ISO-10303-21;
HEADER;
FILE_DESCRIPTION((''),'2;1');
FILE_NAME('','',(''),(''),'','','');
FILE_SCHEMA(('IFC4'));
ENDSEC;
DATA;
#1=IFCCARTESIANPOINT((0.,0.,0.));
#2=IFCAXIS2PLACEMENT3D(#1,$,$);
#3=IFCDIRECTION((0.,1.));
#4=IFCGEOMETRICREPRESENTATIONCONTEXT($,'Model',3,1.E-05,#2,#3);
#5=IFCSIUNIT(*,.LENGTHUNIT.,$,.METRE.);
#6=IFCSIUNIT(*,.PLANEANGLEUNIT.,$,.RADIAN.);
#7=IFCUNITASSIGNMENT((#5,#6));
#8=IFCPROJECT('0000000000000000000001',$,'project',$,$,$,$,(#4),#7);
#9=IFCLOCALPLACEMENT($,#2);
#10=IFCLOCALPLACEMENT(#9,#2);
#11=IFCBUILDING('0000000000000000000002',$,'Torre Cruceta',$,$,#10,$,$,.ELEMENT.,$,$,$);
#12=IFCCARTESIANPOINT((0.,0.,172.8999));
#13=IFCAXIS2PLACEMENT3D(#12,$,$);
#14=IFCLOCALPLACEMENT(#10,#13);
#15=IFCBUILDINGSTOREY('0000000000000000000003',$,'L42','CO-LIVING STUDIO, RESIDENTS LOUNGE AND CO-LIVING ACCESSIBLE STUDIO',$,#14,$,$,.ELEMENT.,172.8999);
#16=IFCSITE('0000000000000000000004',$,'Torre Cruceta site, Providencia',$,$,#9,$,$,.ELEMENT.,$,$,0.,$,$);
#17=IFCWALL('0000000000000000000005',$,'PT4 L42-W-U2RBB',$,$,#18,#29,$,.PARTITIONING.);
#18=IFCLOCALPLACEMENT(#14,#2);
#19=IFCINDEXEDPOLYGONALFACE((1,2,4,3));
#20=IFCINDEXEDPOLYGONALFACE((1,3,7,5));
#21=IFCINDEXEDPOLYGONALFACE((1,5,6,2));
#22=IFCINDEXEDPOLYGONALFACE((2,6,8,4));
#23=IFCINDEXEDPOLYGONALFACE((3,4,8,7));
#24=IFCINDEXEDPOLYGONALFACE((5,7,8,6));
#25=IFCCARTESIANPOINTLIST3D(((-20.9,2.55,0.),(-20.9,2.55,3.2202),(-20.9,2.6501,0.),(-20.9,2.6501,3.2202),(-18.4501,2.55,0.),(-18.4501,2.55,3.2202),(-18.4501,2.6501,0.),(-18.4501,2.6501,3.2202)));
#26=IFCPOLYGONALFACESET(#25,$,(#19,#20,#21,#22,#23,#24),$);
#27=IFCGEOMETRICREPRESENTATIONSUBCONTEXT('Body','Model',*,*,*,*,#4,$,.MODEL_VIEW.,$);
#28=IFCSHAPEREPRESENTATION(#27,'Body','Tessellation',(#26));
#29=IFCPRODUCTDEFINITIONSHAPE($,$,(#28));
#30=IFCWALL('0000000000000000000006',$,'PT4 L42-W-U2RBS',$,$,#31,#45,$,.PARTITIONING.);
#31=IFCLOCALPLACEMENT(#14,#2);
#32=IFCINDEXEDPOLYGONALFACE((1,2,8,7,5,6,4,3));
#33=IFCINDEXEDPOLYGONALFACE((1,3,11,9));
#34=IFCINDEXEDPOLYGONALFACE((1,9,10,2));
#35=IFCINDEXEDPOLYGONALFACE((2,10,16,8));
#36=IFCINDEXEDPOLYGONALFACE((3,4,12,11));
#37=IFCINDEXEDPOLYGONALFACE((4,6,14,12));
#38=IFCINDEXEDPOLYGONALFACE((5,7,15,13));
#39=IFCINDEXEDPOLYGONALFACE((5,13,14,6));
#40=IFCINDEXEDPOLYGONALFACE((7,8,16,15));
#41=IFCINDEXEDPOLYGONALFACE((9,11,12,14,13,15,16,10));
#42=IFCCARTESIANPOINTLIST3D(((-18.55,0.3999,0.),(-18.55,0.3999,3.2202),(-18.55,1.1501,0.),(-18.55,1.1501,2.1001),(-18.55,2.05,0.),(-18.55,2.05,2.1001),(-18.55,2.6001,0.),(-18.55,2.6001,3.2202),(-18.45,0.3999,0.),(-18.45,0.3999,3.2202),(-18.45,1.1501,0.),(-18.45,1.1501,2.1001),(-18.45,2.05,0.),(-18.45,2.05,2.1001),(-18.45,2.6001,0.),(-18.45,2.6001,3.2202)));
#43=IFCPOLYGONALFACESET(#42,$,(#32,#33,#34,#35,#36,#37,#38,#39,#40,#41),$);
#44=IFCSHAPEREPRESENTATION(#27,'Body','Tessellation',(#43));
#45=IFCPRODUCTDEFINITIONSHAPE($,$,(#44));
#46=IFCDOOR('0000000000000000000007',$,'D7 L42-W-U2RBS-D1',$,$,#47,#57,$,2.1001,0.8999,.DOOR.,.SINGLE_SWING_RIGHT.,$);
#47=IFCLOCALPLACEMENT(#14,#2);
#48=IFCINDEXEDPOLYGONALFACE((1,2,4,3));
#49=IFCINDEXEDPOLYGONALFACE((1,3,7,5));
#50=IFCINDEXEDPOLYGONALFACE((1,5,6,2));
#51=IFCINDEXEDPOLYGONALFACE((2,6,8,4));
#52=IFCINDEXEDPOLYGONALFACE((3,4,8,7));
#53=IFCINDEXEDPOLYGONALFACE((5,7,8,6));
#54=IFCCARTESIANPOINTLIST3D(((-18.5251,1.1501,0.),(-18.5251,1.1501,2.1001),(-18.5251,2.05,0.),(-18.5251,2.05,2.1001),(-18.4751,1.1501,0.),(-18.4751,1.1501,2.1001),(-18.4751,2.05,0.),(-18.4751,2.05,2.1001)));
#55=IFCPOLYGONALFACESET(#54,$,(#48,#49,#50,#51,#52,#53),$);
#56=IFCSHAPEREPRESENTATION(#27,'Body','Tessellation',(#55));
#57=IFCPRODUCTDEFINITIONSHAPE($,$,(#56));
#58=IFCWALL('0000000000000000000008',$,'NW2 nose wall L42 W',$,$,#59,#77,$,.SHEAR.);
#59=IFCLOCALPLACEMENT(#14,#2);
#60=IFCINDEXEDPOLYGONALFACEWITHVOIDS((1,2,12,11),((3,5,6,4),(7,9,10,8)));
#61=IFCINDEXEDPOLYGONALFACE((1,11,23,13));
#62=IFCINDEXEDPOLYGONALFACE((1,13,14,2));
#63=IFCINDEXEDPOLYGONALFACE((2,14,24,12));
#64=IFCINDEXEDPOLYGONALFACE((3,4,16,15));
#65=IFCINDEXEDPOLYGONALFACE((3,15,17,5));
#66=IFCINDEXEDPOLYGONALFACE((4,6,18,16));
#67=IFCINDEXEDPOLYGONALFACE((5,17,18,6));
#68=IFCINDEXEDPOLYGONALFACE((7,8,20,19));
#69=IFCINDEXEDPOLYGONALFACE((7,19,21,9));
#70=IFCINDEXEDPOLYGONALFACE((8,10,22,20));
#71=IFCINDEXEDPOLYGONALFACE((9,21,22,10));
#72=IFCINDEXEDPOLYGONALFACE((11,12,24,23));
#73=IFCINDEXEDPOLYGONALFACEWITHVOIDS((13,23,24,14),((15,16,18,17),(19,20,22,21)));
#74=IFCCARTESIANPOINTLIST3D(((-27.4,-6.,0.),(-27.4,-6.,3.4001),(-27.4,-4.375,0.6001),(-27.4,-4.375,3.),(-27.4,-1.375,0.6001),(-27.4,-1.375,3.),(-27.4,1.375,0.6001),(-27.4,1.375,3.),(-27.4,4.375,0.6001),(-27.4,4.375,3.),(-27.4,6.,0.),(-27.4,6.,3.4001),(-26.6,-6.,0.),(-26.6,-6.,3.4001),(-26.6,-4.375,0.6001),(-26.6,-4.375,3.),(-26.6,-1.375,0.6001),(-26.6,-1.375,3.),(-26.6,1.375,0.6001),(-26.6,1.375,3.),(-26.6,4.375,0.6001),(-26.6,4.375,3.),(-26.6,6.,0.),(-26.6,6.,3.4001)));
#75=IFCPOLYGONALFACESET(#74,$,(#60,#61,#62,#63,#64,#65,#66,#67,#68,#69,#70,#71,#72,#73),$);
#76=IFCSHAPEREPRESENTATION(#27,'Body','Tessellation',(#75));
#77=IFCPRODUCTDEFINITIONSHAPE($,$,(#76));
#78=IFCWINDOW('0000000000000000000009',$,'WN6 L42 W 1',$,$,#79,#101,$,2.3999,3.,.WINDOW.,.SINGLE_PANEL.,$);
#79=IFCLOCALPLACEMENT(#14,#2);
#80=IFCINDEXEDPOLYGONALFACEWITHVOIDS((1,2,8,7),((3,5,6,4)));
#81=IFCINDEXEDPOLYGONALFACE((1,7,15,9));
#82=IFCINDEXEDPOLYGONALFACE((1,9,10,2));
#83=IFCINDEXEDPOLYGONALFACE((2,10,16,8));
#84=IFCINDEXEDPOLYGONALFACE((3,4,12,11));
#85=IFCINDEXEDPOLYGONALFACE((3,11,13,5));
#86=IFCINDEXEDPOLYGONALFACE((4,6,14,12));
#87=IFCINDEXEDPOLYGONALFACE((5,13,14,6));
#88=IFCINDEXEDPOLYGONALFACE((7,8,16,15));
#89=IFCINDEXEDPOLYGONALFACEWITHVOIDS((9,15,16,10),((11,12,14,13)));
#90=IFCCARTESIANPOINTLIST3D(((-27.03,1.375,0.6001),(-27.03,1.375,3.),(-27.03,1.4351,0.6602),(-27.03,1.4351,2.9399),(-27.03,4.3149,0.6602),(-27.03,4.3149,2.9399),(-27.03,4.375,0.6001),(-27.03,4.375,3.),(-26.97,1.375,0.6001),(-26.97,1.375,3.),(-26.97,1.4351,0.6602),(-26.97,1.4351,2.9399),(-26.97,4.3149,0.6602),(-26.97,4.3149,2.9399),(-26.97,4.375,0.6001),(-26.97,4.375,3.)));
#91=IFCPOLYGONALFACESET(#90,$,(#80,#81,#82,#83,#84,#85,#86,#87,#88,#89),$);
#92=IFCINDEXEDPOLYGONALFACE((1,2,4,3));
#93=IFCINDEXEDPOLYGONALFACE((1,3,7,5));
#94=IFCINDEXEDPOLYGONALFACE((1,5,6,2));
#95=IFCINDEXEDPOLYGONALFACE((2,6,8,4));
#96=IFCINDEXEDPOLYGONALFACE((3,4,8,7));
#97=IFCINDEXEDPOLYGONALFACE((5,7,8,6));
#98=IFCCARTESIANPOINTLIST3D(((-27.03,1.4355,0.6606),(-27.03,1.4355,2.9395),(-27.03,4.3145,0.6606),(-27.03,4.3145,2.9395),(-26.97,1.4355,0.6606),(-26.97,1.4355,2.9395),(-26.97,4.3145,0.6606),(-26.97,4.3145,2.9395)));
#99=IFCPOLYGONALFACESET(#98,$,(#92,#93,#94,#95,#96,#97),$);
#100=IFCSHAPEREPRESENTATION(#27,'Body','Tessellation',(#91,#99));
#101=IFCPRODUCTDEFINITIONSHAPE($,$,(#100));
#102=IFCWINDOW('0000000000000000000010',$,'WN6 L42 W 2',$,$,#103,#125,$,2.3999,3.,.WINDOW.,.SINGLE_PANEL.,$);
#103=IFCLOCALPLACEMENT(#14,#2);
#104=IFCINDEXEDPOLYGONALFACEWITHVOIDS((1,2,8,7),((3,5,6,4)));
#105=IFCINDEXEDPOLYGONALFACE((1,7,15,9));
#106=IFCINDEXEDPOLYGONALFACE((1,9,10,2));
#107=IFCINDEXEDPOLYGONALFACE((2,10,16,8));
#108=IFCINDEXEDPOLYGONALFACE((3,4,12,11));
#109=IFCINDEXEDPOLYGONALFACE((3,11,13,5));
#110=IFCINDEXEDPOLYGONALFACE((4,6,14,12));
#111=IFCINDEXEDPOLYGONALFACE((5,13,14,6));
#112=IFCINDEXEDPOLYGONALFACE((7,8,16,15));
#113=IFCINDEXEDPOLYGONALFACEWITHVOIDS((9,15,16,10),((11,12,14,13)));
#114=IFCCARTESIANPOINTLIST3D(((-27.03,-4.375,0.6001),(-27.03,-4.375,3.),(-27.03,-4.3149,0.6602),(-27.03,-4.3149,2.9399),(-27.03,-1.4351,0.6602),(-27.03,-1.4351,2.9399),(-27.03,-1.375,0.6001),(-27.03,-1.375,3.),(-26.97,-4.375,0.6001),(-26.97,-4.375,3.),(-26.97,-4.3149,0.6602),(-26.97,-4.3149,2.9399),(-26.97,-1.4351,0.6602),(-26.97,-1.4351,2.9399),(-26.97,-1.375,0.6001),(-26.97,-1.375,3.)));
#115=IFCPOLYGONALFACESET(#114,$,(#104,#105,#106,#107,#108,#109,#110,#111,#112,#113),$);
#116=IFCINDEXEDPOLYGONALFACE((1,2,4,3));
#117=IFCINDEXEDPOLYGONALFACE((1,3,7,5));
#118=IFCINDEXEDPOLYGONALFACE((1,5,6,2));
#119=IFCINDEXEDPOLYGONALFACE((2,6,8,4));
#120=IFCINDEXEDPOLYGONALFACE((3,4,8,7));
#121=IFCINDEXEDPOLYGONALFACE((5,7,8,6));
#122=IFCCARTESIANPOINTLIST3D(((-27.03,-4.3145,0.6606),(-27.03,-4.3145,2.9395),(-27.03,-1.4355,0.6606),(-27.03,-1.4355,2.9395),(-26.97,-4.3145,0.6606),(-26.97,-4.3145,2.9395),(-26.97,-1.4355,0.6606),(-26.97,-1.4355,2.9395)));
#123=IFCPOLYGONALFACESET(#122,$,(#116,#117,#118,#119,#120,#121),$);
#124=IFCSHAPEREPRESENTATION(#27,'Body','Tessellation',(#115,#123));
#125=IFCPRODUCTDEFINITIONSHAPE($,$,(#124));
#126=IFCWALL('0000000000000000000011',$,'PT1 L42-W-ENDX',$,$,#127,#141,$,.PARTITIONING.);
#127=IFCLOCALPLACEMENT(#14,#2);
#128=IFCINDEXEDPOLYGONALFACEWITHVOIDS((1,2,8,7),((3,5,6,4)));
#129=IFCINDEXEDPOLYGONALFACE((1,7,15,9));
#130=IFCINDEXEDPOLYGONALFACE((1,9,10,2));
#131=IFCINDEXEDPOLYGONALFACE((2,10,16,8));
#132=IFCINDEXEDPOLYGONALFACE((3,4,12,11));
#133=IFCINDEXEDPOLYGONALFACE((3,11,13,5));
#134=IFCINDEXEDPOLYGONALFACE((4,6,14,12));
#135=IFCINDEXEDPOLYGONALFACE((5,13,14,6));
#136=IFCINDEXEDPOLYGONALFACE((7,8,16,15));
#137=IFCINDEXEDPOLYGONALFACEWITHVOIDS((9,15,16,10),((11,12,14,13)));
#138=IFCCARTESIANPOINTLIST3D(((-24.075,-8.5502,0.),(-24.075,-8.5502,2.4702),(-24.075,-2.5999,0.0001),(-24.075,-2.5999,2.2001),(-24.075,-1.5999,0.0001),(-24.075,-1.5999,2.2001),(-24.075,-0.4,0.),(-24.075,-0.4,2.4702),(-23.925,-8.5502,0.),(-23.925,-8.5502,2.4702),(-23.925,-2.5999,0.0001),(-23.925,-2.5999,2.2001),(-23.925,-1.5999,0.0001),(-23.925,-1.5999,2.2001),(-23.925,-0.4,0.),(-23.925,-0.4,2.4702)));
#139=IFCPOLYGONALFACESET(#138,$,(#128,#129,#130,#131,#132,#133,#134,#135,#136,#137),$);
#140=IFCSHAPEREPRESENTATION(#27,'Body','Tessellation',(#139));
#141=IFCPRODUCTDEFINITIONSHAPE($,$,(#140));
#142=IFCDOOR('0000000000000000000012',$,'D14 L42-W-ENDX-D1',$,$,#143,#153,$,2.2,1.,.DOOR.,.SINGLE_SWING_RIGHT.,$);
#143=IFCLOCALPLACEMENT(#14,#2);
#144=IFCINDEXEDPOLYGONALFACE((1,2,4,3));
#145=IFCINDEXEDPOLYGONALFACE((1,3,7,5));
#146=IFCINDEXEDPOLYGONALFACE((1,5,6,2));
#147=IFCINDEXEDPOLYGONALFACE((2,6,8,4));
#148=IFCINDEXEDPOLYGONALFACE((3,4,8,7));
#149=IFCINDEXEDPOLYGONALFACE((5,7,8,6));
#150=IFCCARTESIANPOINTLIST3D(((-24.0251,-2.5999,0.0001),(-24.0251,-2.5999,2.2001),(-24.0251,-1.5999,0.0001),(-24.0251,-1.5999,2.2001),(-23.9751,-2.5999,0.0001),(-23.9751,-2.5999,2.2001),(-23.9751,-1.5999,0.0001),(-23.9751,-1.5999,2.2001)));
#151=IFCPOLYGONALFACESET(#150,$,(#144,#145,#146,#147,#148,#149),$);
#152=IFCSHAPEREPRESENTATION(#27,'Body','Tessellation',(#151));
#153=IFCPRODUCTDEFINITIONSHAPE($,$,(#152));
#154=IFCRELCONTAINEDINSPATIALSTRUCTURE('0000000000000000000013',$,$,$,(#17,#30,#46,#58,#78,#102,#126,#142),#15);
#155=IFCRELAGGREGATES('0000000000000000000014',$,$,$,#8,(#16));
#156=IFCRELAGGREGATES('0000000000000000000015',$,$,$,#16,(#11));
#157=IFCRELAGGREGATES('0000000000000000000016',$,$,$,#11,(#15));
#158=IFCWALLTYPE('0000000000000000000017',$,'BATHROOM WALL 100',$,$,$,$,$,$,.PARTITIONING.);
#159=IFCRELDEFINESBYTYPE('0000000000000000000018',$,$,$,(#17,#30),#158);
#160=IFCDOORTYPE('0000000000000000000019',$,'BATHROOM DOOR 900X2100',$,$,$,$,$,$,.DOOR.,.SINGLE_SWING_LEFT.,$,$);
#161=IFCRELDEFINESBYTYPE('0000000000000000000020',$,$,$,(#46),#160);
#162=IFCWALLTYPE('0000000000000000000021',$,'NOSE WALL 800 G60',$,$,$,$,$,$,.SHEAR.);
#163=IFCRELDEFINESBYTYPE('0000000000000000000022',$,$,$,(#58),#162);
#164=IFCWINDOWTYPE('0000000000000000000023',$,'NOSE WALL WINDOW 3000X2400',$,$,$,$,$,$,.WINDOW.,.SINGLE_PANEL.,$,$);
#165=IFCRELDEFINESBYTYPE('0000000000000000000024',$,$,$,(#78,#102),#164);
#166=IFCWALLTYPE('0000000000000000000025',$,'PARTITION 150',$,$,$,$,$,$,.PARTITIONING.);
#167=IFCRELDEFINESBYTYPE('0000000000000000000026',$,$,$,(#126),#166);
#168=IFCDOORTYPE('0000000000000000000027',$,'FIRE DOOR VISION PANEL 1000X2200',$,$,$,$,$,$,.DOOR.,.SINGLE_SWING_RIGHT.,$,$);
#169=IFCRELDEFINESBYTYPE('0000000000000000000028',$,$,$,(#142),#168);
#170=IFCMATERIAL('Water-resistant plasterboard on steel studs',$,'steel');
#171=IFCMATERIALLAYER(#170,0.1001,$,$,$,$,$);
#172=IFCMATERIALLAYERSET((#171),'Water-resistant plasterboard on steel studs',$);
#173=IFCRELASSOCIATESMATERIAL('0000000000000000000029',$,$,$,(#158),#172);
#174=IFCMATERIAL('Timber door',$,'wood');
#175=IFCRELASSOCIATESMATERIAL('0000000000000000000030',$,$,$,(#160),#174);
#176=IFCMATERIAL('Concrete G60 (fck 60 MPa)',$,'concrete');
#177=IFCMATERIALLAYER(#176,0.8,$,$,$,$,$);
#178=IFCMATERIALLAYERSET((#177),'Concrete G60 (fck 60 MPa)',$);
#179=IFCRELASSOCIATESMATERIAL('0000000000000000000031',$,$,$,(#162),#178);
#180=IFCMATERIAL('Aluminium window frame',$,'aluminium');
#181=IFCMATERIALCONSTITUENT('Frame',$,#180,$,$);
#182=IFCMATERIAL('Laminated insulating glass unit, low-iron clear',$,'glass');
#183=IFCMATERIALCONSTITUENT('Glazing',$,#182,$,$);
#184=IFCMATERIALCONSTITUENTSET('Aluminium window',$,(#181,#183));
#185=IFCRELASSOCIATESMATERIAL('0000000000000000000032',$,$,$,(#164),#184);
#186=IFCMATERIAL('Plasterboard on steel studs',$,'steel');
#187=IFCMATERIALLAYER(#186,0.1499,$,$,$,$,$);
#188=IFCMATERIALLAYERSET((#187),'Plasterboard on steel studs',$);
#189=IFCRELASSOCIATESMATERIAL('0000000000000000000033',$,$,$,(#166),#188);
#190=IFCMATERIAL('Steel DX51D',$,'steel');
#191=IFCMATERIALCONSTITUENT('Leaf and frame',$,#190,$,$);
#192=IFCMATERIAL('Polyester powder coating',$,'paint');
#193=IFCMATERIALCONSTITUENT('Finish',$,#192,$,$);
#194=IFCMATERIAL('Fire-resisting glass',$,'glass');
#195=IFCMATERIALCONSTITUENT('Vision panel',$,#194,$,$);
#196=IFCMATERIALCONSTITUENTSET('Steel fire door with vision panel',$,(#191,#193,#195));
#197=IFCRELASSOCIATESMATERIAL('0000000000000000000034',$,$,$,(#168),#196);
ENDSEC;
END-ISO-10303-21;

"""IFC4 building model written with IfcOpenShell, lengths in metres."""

from ifc_helpers import new_model, si_unit, direction, frame, frame_2d, origin, place, context, subcontext, project, spatial, rectangle, hollow_rectangle, extrude, material, layer, layer_set, constituent, constituent_set, type_object, element, fill, save


model = new_model("IFC4")

# Units and contexts
model_context = context("Model", 3, precision=1e-05, world=origin(), true_north=direction((0.0, 1.0)))
body_context = subcontext(model_context, "Body", "Model", "MODEL_VIEW")
ifc_project = project(units=[si_unit("LENGTHUNIT", "METRE"), si_unit("PLANEANGLEUNIT", "RADIAN")], contexts=[model_context])

# Site, building, storey
site_placement = place(None, origin())
site = spatial("IfcSite", under=ifc_project, at=site_placement, Name="Torre Cruceta site, Providencia", CompositionType="ELEMENT", RefElevation=0.0)
building_placement = place(site_placement, origin())
building = spatial("IfcBuilding", under=site, at=building_placement, Name="Torre Cruceta", CompositionType="ELEMENT")
storey_placement = place(building_placement, frame((0.0, 0.0, 172.8999)))
storey = spatial("IfcBuildingStorey", under=building, at=storey_placement, Name="L42", Description="CO-LIVING STUDIO, RESIDENTS LOUNGE AND CO-LIVING ACCESSIBLE STUDIO", CompositionType="ELEMENT", Elevation=172.8999)

# Wall
ifc_material_1 = material(Name="Water-resistant plasterboard on steel studs", Category="steel")
ifc_layer_1 = layer(ifc_material_1, 0.1001)
ifc_layer_set_1 = layer_set([ifc_layer_1], Name="Water-resistant plasterboard on steel studs")
wall_type_1 = type_object("IfcWallType", Name="BATHROOM WALL 100", PredefinedType="PARTITIONING", material=ifc_layer_set_1)
wall_1_placement = place(storey_placement, frame((-18.45, 2.6001, 0.0), z_axis=(0.0, 0.0, 1.0), x_axis=(-1.0, 0.0, 0.0)))
element("IfcWall", 1, at=wall_1_placement, inside=storey, type_object=wall_type_1, Name="PT4 L42-W-U2RBB", PredefinedType="PARTITIONING", context=body_context, shape_type="SweptSolid", body=[
    extrude(rectangle(XDim=2.45, YDim=0.1001, at=frame_2d((1.2251, 0.0))), origin(), (0.0, 0.0, 1.0), 3.2202),
])

# Wall, opening, door
wall_2_placement = place(storey_placement, frame((-18.5, 2.6001, 0.0), z_axis=(0.0, 0.0, 1.0), x_axis=(0.0, -1.0, 0.0)))
wall_2 = element("IfcWall", 2, at=wall_2_placement, inside=storey, type_object=wall_type_1, Name="PT4 L42-W-U2RBS", PredefinedType="PARTITIONING", context=body_context, shape_type="SweptSolid", body=[
    extrude(rectangle(XDim=2.2002, YDim=0.1001, at=frame_2d((1.1001, 0.0))), origin(), (0.0, 0.0, 1.0), 3.2202),
])
opening_1_placement = place(wall_2_placement, frame((0.55, 0.0, 0.0)))
opening_1 = element("IfcOpeningElement", 3, at=opening_1_placement, cuts=wall_2, PredefinedType="OPENING", context=body_context, shape_type="SweptSolid", body=[
    extrude(rectangle(XDim=0.8999, YDim=2.1001, at=frame_2d((0.45, 1.05))), frame((0.0, 0.0601, 0.0), z_axis=(0.0, -1.0, 0.0), x_axis=(1.0, 0.0, 0.0)), (0.0, 0.0, 1.0), 0.1201),
])
ifc_material_2 = material(Name="Timber door", Category="wood")
door_type_1 = type_object("IfcDoorType", Name="BATHROOM DOOR 900X2100", OperationType="SINGLE_SWING_LEFT", PredefinedType="DOOR", material=ifc_material_2)
door_1_placement = place(opening_1_placement, frame((0.8999, 0.0, 0.0), z_axis=(0.0, 0.0, 1.0), x_axis=(-1.0, 0.0, 0.0)))
door_1 = element("IfcDoor", 4, at=door_1_placement, inside=storey, type_object=door_type_1, Name="D7 L42-W-U2RBS-D1", OperationType="SINGLE_SWING_RIGHT", OverallHeight=2.1001, OverallWidth=0.8999, PredefinedType="DOOR", context=body_context, shape_type="SweptSolid", body=[
    extrude(rectangle(XDim=0.8999, YDim=2.1001, at=frame_2d((0.45, 1.05))), frame((0.0, 0.0251, 0.0), z_axis=(0.0, -1.0, 0.0), x_axis=(1.0, 0.0, 0.0)), (0.0, 0.0, 1.0), 0.05),
])
fill(opening_1, door_1)

# Wall, openings, windows
ifc_material_3 = material(Name="Concrete G60 (fck 60 MPa)", Category="concrete")
ifc_layer_2 = layer(ifc_material_3, 0.8)
ifc_layer_set_2 = layer_set([ifc_layer_2], Name="Concrete G60 (fck 60 MPa)")
wall_type_2 = type_object("IfcWallType", Name="NOSE WALL 800 G60", PredefinedType="SHEAR", material=ifc_layer_set_2)
wall_3_placement = place(storey_placement, frame((-27.0, 6.0, 0.0), z_axis=(0.0, 0.0, 1.0), x_axis=(0.0, -1.0, 0.0)))
wall_3 = element("IfcWall", 5, at=wall_3_placement, inside=storey, type_object=wall_type_2, Name="NW2 nose wall L42 W", PredefinedType="SHEAR", context=body_context, shape_type="SweptSolid", body=[
    extrude(rectangle(XDim=12.0, YDim=0.8, at=frame_2d((6.0, 0.0))), origin(), (0.0, 0.0, 1.0), 3.4001),
])
opening_2_placement = place(wall_3_placement, frame((1.625, 0.0, 0.6001)))
opening_2 = element("IfcOpeningElement", 6, at=opening_2_placement, cuts=wall_3, PredefinedType="OPENING", context=body_context, shape_type="SweptSolid", body=[
    extrude(rectangle(XDim=3.0, YDim=2.3999, at=frame_2d((1.5, 1.2))), frame((0.0, 0.4099, 0.0), z_axis=(0.0, -1.0, 0.0), x_axis=(1.0, 0.0, 0.0)), (0.0, 0.0, 1.0), 0.8201),
])
opening_3_placement = place(wall_3_placement, frame((7.375, 0.0, 0.6001)))
opening_3 = element("IfcOpeningElement", 7, at=opening_3_placement, cuts=wall_3, PredefinedType="OPENING", context=body_context, shape_type="SweptSolid", body=[
    extrude(rectangle(XDim=3.0, YDim=2.3999, at=frame_2d((1.5, 1.2))), frame((0.0, 0.4099, 0.0), z_axis=(0.0, -1.0, 0.0), x_axis=(1.0, 0.0, 0.0)), (0.0, 0.0, 1.0), 0.8201),
])
ifc_material_4 = material(Name="Aluminium window frame", Category="aluminium")
ifc_constituent_1 = constituent(ifc_material_4, Name="Frame")
ifc_material_5 = material(Name="Laminated insulating glass unit, low-iron clear", Category="glass")
ifc_constituent_2 = constituent(ifc_material_5, Name="Glazing")
ifc_constituent_set_1 = constituent_set(constituents=[ifc_constituent_1, ifc_constituent_2], Name="Aluminium window")
window_type = type_object("IfcWindowType", Name="NOSE WALL WINDOW 3000X2400", PartitioningType="SINGLE_PANEL", PredefinedType="WINDOW", material=ifc_constituent_set_1)
window_1_placement = place(opening_2_placement, origin())
window_1 = element("IfcWindow", 8, at=window_1_placement, inside=storey, type_object=window_type, Name="WN6 L42 W 1", OverallHeight=2.3999, OverallWidth=3.0, PartitioningType="SINGLE_PANEL", PredefinedType="WINDOW", context=body_context, shape_type="SweptSolid", body=[
    extrude(hollow_rectangle(XDim=3.0, YDim=2.3999, WallThickness=0.0601, at=frame_2d((1.5, 1.2))), frame((0.0, 0.03, 0.0), z_axis=(0.0, -1.0, 0.0), x_axis=(1.0, 0.0, 0.0)), (0.0, 0.0, 1.0), 0.0601),
    extrude(rectangle(XDim=2.8789, YDim=2.2788, at=frame_2d((1.5, 1.2))), frame((0.0, 0.03, 0.0), z_axis=(0.0, -1.0, 0.0), x_axis=(1.0, 0.0, 0.0)), (0.0, 0.0, 1.0), 0.0601),
])
fill(opening_2, window_1)
window_2_placement = place(opening_3_placement, origin())
window_2 = element("IfcWindow", 9, at=window_2_placement, inside=storey, type_object=window_type, Name="WN6 L42 W 2", OverallHeight=2.3999, OverallWidth=3.0, PartitioningType="SINGLE_PANEL", PredefinedType="WINDOW", context=body_context, shape_type="SweptSolid", body=[
    extrude(hollow_rectangle(XDim=3.0, YDim=2.3999, WallThickness=0.0601, at=frame_2d((1.5, 1.2))), frame((0.0, 0.03, 0.0), z_axis=(0.0, -1.0, 0.0), x_axis=(1.0, 0.0, 0.0)), (0.0, 0.0, 1.0), 0.0601),
    extrude(rectangle(XDim=2.8789, YDim=2.2788, at=frame_2d((1.5, 1.2))), frame((0.0, 0.03, 0.0), z_axis=(0.0, -1.0, 0.0), x_axis=(1.0, 0.0, 0.0)), (0.0, 0.0, 1.0), 0.0601),
])
fill(opening_3, window_2)

# Wall, opening, door
ifc_material_6 = material(Name="Plasterboard on steel studs", Category="steel")
ifc_layer_3 = layer(ifc_material_6, 0.1499)
ifc_layer_set_3 = layer_set([ifc_layer_3], Name="Plasterboard on steel studs")
wall_type_3 = type_object("IfcWallType", Name="PARTITION 150", PredefinedType="PARTITIONING", material=ifc_layer_set_3)
wall_4_placement = place(storey_placement, frame((-24.0, -0.3999, 0.0), z_axis=(0.0, 0.0, 1.0), x_axis=(0.0, -1.0, 0.0)))
wall_4 = element("IfcWall", 10, at=wall_4_placement, inside=storey, type_object=wall_type_3, Name="PT1 L42-W-ENDX", PredefinedType="PARTITIONING", context=body_context, shape_type="SweptSolid", body=[
    extrude(rectangle(XDim=8.1501, YDim=0.1499, at=frame_2d((4.0752, 0.0))), origin(), (0.0, 0.0, 1.0), 2.4702),
])
opening_4_placement = place(wall_4_placement, frame((1.2, 0.0, 0.0)))
opening_4 = element("IfcOpeningElement", 11, at=opening_4_placement, cuts=wall_4, PredefinedType="OPENING", context=body_context, shape_type="SweptSolid", body=[
    extrude(rectangle(XDim=1.0, YDim=2.2, at=frame_2d((0.5, 1.1001))), frame((0.0, 0.085, 0.0), z_axis=(0.0, -1.0, 0.0), x_axis=(1.0, 0.0, 0.0)), (0.0, 0.0, 1.0), 0.1699),
])
ifc_material_7 = material(Name="Steel DX51D", Category="steel")
ifc_constituent_3 = constituent(ifc_material_7, Name="Leaf and frame")
ifc_material_8 = material(Name="Polyester powder coating", Category="paint")
ifc_constituent_4 = constituent(ifc_material_8, Name="Finish")
ifc_material_9 = material(Name="Fire-resisting glass", Category="glass")
ifc_constituent_5 = constituent(ifc_material_9, Name="Vision panel")
ifc_constituent_set_2 = constituent_set(constituents=[ifc_constituent_3, ifc_constituent_4, ifc_constituent_5], Name="Steel fire door with vision panel")
door_type_2 = type_object("IfcDoorType", Name="FIRE DOOR VISION PANEL 1000X2200", OperationType="SINGLE_SWING_RIGHT", PredefinedType="DOOR", material=ifc_constituent_set_2)
door_2_placement = place(opening_4_placement, frame((1.0, 0.0, 0.0), z_axis=(0.0, 0.0, 1.0), x_axis=(-1.0, 0.0, 0.0)))
door_2 = element("IfcDoor", 12, at=door_2_placement, inside=storey, type_object=door_type_2, Name="D14 L42-W-ENDX-D1", OperationType="SINGLE_SWING_RIGHT", OverallHeight=2.2, OverallWidth=1.0, PredefinedType="DOOR", context=body_context, shape_type="SweptSolid", body=[
    extrude(rectangle(XDim=1.0, YDim=2.2, at=frame_2d((0.5, 1.1001))), frame((0.0, 0.0251, 0.0), z_axis=(0.0, -1.0, 0.0), x_axis=(1.0, 0.0, 0.0)), (0.0, 0.0, 1.0), 0.05),
])
fill(opening_4, door_2)

save(model, "model.ifc")
